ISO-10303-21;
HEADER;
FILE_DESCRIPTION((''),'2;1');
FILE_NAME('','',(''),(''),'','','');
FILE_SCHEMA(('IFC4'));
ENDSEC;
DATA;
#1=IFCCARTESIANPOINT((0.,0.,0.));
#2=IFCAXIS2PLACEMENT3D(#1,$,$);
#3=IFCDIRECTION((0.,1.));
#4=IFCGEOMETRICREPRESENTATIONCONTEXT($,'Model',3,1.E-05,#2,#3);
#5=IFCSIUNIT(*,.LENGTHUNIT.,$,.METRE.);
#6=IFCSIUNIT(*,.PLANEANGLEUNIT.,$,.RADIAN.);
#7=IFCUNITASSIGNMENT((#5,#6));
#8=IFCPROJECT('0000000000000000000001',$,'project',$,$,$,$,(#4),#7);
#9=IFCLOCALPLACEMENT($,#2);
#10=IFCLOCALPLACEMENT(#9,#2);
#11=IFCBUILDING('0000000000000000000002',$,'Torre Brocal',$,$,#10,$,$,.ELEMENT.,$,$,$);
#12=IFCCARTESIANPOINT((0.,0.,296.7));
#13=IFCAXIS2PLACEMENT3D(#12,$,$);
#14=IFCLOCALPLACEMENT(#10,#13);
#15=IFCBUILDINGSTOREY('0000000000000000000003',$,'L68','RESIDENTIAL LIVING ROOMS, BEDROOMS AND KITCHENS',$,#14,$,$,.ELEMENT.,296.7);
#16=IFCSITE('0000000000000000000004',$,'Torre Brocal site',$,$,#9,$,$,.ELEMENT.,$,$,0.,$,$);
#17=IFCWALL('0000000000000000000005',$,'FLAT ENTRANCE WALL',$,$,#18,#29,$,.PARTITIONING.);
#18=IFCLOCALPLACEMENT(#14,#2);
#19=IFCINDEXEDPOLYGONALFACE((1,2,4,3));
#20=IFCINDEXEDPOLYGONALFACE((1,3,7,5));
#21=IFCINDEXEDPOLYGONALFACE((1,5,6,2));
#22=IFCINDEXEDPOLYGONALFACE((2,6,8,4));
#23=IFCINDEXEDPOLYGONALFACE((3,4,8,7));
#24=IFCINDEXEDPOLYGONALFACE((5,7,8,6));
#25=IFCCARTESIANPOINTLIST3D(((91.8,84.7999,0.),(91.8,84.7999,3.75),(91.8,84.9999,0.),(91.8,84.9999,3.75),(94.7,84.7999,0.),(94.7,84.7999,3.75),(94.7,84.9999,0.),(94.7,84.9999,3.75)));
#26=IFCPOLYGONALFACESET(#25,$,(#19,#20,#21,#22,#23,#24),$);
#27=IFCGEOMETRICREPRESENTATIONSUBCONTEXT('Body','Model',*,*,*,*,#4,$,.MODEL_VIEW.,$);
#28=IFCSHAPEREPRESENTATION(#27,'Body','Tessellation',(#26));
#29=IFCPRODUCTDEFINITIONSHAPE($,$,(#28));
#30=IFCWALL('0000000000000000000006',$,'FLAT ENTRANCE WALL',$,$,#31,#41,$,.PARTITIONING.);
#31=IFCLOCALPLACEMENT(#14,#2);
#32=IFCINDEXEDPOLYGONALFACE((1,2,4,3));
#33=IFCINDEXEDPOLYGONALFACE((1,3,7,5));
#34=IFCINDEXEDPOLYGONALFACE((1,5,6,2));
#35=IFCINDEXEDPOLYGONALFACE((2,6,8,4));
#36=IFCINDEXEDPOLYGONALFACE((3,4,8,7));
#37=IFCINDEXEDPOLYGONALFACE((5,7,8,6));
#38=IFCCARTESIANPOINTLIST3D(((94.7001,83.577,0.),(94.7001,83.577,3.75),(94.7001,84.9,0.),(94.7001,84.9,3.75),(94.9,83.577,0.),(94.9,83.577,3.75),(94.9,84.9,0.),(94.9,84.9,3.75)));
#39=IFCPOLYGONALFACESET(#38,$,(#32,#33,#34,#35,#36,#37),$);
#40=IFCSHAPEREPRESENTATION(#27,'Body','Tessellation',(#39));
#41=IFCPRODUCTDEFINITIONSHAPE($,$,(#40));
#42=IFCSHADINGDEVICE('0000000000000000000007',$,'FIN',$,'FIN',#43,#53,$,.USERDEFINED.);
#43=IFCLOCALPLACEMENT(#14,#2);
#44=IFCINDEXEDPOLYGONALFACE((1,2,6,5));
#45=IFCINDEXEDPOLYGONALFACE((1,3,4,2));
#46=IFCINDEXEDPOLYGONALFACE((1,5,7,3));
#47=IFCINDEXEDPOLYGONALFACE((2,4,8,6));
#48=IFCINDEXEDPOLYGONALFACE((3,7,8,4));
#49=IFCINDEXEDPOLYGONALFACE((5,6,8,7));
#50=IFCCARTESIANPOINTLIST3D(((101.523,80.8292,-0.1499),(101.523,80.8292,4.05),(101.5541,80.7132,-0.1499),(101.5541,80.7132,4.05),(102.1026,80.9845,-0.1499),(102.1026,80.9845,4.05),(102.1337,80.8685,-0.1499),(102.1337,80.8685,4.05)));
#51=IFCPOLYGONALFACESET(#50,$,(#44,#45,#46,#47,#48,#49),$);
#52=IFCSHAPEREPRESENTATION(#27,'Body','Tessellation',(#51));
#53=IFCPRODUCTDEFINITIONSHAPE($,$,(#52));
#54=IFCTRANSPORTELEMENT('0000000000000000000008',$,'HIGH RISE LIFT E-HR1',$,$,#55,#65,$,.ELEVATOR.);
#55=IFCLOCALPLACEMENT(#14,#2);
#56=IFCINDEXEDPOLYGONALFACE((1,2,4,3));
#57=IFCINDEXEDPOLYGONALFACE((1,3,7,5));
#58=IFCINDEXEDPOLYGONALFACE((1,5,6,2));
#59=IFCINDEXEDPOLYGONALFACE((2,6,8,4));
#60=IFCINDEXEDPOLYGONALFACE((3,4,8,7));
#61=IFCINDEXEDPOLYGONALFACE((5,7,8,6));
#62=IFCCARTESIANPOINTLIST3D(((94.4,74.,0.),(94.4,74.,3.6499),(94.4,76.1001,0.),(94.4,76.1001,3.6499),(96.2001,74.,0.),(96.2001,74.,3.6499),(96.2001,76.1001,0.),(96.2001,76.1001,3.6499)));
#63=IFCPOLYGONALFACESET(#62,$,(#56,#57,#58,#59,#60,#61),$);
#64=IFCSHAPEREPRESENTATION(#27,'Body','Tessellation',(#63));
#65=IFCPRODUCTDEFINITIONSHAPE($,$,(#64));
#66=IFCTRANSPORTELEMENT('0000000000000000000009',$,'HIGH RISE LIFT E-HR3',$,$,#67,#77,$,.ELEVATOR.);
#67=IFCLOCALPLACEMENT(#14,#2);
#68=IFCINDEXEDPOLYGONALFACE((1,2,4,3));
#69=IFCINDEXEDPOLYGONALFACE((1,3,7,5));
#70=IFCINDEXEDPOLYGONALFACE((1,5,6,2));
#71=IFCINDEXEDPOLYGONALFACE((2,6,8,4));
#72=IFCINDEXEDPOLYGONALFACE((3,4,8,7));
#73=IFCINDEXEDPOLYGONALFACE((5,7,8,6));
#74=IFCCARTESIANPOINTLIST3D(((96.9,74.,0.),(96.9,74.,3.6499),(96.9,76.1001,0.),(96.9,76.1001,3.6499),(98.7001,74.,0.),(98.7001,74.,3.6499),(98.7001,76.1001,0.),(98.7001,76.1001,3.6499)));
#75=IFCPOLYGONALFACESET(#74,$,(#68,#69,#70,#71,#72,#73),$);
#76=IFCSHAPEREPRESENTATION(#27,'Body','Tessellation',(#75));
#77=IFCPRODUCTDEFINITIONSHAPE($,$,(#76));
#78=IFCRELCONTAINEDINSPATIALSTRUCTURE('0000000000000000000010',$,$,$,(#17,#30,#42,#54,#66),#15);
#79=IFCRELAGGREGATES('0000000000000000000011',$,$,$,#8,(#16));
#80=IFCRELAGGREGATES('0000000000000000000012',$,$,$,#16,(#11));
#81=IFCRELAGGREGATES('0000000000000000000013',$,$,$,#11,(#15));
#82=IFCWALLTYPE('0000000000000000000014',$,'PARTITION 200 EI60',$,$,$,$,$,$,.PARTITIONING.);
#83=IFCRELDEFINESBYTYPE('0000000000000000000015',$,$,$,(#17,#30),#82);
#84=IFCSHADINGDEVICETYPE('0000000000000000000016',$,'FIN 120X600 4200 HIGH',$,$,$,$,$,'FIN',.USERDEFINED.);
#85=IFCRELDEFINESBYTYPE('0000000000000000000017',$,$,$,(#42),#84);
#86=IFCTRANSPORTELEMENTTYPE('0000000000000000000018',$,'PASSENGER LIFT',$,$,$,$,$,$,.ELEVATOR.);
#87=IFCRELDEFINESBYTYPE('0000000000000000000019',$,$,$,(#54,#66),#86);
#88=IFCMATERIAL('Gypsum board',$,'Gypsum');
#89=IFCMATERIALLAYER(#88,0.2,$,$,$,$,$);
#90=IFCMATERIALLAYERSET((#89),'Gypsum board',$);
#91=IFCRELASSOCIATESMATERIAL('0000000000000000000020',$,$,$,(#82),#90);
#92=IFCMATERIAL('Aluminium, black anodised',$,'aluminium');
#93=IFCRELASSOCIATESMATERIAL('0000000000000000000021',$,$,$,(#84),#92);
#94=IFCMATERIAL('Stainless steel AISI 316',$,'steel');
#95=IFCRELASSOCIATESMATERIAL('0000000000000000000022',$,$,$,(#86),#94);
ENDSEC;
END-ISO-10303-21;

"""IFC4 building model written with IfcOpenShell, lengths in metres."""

from ifc_helpers import new_model, si_unit, direction, frame, frame_2d, origin, origin_2d, place, context, subcontext, project, spatial, rectangle, extrude, material, layer, layer_set, material_profile, profile_set, type_object, element, save


model = new_model("IFC4")

# Units and contexts
model_context = context("Model", 3, precision=1e-05, world=origin(), true_north=direction((0.0, 1.0)))
body_context = subcontext(model_context, "Body", "Model", "MODEL_VIEW")
ifc_project = project(units=[si_unit("LENGTHUNIT", "METRE"), si_unit("PLANEANGLEUNIT", "RADIAN")], contexts=[model_context])

# Site, building, storey
site_placement = place(None, origin())
site = spatial("IfcSite", under=ifc_project, at=site_placement, Name="Torre Brocal site", CompositionType="ELEMENT", RefElevation=0.0)
building_placement = place(site_placement, origin())
building = spatial("IfcBuilding", under=site, at=building_placement, Name="Torre Brocal", CompositionType="ELEMENT")
storey_placement = place(building_placement, frame((0.0, 0.0, 296.7)))
storey = spatial("IfcBuildingStorey", under=building, at=storey_placement, Name="L68", Description="RESIDENTIAL LIVING ROOMS, BEDROOMS AND KITCHENS", CompositionType="ELEMENT", Elevation=296.7)

# Walls
ifc_material_1 = material(Name="Gypsum board", Category="Gypsum")
ifc_layer_1 = layer(ifc_material_1, 0.2)
ifc_layer_set_1 = layer_set([ifc_layer_1], Name="Gypsum board")
wall_type_1 = type_object("IfcWallType", Name="PARTITION 200 EI60", PredefinedType="PARTITIONING", material=ifc_layer_set_1)
wall_1_placement = place(storey_placement, frame((91.8, 84.8999, 0.0), z_axis=(0.0, 0.0, 1.0), x_axis=(1.0, 0.0, 0.0)))
element("IfcWall", 1, at=wall_1_placement, inside=storey, type_object=wall_type_1, Name="FLAT ENTRANCE WALL", PredefinedType="PARTITIONING", context=body_context, shape_type="SweptSolid", body=[
    extrude(rectangle(XDim=2.8999, YDim=0.2, at=frame_2d((1.45, 0.0))), origin(), (0.0, 0.0, 1.0), 3.75),
])
wall_2_placement = place(storey_placement, frame((94.8, 83.5769, 0.0), z_axis=(0.0, 0.0, 1.0), x_axis=(0.0, 1.0, 0.0)))
element("IfcWall", 2, at=wall_2_placement, inside=storey, type_object=wall_type_1, Name="FLAT ENTRANCE WALL", PredefinedType="PARTITIONING", context=body_context, shape_type="SweptSolid", body=[
    extrude(rectangle(XDim=1.323, YDim=0.2, at=frame_2d((0.6616, 0.0))), origin(), (0.0, 0.0, 1.0), 3.75),
])

# Shading device
ifc_material_2 = material(Name="Aluminium, black anodised", Category="aluminium")
ifc_material_profile_1 = material_profile(ifc_material_2, rectangle(XDim=0.1201, YDim=0.6001, at=origin_2d()), Name="FIN 120X600 4200 HIGH")
ifc_profile_set_1 = profile_set([ifc_material_profile_1], Name="Aluminium, black anodised")
shading_device_type = type_object("IfcShadingDeviceType", Name="FIN 120X600 4200 HIGH", ElementType="FIN", PredefinedType="USERDEFINED", material=ifc_profile_set_1)
shading_device_placement = place(storey_placement, frame((101.8284, 80.8489, -0.1499), z_axis=(0.0, 0.0, 1.0), x_axis=(-0.258819, 0.965926, 0.0)))
element("IfcShadingDevice", 3, at=shading_device_placement, inside=storey, type_object=shading_device_type, Name="FIN", ObjectType="FIN", PredefinedType="USERDEFINED", context=body_context, shape_type="SweptSolid", body=[
    extrude(rectangle(XDim=0.1201, YDim=0.6001, at=origin_2d()), origin(), (0.0, 0.0, 1.0), 4.2),
])

# Transport elements
ifc_material_3 = material(Name="Stainless steel AISI 316", Category="steel")
transport_element_type = type_object("IfcTransportElementType", Name="PASSENGER LIFT", PredefinedType="ELEVATOR", material=ifc_material_3)
for number, where, z_axis, x_axis, name in (
    (4, (95.3, 75.05, 0.0), (0.0, 0.0, 1.0), (1.0, 0.0, 0.0), "HIGH RISE LIFT E-HR1"),
    (5, (97.8, 75.05, 0.0), (0.0, 0.0, 1.0), (1.0, 0.0, 0.0), "HIGH RISE LIFT E-HR3"),
):
    element("IfcTransportElement", number, at=place(storey_placement, frame(where, z_axis=z_axis, x_axis=x_axis)), inside=storey, type_object=transport_element_type, Name=name, PredefinedType="ELEVATOR", context=body_context, shape_type="SweptSolid", body=[
        extrude(rectangle(XDim=1.8, YDim=2.1001, at=origin_2d()), origin(), (0.0, 0.0, 1.0), 3.6499),
    ])

save(model, "model.ifc")
